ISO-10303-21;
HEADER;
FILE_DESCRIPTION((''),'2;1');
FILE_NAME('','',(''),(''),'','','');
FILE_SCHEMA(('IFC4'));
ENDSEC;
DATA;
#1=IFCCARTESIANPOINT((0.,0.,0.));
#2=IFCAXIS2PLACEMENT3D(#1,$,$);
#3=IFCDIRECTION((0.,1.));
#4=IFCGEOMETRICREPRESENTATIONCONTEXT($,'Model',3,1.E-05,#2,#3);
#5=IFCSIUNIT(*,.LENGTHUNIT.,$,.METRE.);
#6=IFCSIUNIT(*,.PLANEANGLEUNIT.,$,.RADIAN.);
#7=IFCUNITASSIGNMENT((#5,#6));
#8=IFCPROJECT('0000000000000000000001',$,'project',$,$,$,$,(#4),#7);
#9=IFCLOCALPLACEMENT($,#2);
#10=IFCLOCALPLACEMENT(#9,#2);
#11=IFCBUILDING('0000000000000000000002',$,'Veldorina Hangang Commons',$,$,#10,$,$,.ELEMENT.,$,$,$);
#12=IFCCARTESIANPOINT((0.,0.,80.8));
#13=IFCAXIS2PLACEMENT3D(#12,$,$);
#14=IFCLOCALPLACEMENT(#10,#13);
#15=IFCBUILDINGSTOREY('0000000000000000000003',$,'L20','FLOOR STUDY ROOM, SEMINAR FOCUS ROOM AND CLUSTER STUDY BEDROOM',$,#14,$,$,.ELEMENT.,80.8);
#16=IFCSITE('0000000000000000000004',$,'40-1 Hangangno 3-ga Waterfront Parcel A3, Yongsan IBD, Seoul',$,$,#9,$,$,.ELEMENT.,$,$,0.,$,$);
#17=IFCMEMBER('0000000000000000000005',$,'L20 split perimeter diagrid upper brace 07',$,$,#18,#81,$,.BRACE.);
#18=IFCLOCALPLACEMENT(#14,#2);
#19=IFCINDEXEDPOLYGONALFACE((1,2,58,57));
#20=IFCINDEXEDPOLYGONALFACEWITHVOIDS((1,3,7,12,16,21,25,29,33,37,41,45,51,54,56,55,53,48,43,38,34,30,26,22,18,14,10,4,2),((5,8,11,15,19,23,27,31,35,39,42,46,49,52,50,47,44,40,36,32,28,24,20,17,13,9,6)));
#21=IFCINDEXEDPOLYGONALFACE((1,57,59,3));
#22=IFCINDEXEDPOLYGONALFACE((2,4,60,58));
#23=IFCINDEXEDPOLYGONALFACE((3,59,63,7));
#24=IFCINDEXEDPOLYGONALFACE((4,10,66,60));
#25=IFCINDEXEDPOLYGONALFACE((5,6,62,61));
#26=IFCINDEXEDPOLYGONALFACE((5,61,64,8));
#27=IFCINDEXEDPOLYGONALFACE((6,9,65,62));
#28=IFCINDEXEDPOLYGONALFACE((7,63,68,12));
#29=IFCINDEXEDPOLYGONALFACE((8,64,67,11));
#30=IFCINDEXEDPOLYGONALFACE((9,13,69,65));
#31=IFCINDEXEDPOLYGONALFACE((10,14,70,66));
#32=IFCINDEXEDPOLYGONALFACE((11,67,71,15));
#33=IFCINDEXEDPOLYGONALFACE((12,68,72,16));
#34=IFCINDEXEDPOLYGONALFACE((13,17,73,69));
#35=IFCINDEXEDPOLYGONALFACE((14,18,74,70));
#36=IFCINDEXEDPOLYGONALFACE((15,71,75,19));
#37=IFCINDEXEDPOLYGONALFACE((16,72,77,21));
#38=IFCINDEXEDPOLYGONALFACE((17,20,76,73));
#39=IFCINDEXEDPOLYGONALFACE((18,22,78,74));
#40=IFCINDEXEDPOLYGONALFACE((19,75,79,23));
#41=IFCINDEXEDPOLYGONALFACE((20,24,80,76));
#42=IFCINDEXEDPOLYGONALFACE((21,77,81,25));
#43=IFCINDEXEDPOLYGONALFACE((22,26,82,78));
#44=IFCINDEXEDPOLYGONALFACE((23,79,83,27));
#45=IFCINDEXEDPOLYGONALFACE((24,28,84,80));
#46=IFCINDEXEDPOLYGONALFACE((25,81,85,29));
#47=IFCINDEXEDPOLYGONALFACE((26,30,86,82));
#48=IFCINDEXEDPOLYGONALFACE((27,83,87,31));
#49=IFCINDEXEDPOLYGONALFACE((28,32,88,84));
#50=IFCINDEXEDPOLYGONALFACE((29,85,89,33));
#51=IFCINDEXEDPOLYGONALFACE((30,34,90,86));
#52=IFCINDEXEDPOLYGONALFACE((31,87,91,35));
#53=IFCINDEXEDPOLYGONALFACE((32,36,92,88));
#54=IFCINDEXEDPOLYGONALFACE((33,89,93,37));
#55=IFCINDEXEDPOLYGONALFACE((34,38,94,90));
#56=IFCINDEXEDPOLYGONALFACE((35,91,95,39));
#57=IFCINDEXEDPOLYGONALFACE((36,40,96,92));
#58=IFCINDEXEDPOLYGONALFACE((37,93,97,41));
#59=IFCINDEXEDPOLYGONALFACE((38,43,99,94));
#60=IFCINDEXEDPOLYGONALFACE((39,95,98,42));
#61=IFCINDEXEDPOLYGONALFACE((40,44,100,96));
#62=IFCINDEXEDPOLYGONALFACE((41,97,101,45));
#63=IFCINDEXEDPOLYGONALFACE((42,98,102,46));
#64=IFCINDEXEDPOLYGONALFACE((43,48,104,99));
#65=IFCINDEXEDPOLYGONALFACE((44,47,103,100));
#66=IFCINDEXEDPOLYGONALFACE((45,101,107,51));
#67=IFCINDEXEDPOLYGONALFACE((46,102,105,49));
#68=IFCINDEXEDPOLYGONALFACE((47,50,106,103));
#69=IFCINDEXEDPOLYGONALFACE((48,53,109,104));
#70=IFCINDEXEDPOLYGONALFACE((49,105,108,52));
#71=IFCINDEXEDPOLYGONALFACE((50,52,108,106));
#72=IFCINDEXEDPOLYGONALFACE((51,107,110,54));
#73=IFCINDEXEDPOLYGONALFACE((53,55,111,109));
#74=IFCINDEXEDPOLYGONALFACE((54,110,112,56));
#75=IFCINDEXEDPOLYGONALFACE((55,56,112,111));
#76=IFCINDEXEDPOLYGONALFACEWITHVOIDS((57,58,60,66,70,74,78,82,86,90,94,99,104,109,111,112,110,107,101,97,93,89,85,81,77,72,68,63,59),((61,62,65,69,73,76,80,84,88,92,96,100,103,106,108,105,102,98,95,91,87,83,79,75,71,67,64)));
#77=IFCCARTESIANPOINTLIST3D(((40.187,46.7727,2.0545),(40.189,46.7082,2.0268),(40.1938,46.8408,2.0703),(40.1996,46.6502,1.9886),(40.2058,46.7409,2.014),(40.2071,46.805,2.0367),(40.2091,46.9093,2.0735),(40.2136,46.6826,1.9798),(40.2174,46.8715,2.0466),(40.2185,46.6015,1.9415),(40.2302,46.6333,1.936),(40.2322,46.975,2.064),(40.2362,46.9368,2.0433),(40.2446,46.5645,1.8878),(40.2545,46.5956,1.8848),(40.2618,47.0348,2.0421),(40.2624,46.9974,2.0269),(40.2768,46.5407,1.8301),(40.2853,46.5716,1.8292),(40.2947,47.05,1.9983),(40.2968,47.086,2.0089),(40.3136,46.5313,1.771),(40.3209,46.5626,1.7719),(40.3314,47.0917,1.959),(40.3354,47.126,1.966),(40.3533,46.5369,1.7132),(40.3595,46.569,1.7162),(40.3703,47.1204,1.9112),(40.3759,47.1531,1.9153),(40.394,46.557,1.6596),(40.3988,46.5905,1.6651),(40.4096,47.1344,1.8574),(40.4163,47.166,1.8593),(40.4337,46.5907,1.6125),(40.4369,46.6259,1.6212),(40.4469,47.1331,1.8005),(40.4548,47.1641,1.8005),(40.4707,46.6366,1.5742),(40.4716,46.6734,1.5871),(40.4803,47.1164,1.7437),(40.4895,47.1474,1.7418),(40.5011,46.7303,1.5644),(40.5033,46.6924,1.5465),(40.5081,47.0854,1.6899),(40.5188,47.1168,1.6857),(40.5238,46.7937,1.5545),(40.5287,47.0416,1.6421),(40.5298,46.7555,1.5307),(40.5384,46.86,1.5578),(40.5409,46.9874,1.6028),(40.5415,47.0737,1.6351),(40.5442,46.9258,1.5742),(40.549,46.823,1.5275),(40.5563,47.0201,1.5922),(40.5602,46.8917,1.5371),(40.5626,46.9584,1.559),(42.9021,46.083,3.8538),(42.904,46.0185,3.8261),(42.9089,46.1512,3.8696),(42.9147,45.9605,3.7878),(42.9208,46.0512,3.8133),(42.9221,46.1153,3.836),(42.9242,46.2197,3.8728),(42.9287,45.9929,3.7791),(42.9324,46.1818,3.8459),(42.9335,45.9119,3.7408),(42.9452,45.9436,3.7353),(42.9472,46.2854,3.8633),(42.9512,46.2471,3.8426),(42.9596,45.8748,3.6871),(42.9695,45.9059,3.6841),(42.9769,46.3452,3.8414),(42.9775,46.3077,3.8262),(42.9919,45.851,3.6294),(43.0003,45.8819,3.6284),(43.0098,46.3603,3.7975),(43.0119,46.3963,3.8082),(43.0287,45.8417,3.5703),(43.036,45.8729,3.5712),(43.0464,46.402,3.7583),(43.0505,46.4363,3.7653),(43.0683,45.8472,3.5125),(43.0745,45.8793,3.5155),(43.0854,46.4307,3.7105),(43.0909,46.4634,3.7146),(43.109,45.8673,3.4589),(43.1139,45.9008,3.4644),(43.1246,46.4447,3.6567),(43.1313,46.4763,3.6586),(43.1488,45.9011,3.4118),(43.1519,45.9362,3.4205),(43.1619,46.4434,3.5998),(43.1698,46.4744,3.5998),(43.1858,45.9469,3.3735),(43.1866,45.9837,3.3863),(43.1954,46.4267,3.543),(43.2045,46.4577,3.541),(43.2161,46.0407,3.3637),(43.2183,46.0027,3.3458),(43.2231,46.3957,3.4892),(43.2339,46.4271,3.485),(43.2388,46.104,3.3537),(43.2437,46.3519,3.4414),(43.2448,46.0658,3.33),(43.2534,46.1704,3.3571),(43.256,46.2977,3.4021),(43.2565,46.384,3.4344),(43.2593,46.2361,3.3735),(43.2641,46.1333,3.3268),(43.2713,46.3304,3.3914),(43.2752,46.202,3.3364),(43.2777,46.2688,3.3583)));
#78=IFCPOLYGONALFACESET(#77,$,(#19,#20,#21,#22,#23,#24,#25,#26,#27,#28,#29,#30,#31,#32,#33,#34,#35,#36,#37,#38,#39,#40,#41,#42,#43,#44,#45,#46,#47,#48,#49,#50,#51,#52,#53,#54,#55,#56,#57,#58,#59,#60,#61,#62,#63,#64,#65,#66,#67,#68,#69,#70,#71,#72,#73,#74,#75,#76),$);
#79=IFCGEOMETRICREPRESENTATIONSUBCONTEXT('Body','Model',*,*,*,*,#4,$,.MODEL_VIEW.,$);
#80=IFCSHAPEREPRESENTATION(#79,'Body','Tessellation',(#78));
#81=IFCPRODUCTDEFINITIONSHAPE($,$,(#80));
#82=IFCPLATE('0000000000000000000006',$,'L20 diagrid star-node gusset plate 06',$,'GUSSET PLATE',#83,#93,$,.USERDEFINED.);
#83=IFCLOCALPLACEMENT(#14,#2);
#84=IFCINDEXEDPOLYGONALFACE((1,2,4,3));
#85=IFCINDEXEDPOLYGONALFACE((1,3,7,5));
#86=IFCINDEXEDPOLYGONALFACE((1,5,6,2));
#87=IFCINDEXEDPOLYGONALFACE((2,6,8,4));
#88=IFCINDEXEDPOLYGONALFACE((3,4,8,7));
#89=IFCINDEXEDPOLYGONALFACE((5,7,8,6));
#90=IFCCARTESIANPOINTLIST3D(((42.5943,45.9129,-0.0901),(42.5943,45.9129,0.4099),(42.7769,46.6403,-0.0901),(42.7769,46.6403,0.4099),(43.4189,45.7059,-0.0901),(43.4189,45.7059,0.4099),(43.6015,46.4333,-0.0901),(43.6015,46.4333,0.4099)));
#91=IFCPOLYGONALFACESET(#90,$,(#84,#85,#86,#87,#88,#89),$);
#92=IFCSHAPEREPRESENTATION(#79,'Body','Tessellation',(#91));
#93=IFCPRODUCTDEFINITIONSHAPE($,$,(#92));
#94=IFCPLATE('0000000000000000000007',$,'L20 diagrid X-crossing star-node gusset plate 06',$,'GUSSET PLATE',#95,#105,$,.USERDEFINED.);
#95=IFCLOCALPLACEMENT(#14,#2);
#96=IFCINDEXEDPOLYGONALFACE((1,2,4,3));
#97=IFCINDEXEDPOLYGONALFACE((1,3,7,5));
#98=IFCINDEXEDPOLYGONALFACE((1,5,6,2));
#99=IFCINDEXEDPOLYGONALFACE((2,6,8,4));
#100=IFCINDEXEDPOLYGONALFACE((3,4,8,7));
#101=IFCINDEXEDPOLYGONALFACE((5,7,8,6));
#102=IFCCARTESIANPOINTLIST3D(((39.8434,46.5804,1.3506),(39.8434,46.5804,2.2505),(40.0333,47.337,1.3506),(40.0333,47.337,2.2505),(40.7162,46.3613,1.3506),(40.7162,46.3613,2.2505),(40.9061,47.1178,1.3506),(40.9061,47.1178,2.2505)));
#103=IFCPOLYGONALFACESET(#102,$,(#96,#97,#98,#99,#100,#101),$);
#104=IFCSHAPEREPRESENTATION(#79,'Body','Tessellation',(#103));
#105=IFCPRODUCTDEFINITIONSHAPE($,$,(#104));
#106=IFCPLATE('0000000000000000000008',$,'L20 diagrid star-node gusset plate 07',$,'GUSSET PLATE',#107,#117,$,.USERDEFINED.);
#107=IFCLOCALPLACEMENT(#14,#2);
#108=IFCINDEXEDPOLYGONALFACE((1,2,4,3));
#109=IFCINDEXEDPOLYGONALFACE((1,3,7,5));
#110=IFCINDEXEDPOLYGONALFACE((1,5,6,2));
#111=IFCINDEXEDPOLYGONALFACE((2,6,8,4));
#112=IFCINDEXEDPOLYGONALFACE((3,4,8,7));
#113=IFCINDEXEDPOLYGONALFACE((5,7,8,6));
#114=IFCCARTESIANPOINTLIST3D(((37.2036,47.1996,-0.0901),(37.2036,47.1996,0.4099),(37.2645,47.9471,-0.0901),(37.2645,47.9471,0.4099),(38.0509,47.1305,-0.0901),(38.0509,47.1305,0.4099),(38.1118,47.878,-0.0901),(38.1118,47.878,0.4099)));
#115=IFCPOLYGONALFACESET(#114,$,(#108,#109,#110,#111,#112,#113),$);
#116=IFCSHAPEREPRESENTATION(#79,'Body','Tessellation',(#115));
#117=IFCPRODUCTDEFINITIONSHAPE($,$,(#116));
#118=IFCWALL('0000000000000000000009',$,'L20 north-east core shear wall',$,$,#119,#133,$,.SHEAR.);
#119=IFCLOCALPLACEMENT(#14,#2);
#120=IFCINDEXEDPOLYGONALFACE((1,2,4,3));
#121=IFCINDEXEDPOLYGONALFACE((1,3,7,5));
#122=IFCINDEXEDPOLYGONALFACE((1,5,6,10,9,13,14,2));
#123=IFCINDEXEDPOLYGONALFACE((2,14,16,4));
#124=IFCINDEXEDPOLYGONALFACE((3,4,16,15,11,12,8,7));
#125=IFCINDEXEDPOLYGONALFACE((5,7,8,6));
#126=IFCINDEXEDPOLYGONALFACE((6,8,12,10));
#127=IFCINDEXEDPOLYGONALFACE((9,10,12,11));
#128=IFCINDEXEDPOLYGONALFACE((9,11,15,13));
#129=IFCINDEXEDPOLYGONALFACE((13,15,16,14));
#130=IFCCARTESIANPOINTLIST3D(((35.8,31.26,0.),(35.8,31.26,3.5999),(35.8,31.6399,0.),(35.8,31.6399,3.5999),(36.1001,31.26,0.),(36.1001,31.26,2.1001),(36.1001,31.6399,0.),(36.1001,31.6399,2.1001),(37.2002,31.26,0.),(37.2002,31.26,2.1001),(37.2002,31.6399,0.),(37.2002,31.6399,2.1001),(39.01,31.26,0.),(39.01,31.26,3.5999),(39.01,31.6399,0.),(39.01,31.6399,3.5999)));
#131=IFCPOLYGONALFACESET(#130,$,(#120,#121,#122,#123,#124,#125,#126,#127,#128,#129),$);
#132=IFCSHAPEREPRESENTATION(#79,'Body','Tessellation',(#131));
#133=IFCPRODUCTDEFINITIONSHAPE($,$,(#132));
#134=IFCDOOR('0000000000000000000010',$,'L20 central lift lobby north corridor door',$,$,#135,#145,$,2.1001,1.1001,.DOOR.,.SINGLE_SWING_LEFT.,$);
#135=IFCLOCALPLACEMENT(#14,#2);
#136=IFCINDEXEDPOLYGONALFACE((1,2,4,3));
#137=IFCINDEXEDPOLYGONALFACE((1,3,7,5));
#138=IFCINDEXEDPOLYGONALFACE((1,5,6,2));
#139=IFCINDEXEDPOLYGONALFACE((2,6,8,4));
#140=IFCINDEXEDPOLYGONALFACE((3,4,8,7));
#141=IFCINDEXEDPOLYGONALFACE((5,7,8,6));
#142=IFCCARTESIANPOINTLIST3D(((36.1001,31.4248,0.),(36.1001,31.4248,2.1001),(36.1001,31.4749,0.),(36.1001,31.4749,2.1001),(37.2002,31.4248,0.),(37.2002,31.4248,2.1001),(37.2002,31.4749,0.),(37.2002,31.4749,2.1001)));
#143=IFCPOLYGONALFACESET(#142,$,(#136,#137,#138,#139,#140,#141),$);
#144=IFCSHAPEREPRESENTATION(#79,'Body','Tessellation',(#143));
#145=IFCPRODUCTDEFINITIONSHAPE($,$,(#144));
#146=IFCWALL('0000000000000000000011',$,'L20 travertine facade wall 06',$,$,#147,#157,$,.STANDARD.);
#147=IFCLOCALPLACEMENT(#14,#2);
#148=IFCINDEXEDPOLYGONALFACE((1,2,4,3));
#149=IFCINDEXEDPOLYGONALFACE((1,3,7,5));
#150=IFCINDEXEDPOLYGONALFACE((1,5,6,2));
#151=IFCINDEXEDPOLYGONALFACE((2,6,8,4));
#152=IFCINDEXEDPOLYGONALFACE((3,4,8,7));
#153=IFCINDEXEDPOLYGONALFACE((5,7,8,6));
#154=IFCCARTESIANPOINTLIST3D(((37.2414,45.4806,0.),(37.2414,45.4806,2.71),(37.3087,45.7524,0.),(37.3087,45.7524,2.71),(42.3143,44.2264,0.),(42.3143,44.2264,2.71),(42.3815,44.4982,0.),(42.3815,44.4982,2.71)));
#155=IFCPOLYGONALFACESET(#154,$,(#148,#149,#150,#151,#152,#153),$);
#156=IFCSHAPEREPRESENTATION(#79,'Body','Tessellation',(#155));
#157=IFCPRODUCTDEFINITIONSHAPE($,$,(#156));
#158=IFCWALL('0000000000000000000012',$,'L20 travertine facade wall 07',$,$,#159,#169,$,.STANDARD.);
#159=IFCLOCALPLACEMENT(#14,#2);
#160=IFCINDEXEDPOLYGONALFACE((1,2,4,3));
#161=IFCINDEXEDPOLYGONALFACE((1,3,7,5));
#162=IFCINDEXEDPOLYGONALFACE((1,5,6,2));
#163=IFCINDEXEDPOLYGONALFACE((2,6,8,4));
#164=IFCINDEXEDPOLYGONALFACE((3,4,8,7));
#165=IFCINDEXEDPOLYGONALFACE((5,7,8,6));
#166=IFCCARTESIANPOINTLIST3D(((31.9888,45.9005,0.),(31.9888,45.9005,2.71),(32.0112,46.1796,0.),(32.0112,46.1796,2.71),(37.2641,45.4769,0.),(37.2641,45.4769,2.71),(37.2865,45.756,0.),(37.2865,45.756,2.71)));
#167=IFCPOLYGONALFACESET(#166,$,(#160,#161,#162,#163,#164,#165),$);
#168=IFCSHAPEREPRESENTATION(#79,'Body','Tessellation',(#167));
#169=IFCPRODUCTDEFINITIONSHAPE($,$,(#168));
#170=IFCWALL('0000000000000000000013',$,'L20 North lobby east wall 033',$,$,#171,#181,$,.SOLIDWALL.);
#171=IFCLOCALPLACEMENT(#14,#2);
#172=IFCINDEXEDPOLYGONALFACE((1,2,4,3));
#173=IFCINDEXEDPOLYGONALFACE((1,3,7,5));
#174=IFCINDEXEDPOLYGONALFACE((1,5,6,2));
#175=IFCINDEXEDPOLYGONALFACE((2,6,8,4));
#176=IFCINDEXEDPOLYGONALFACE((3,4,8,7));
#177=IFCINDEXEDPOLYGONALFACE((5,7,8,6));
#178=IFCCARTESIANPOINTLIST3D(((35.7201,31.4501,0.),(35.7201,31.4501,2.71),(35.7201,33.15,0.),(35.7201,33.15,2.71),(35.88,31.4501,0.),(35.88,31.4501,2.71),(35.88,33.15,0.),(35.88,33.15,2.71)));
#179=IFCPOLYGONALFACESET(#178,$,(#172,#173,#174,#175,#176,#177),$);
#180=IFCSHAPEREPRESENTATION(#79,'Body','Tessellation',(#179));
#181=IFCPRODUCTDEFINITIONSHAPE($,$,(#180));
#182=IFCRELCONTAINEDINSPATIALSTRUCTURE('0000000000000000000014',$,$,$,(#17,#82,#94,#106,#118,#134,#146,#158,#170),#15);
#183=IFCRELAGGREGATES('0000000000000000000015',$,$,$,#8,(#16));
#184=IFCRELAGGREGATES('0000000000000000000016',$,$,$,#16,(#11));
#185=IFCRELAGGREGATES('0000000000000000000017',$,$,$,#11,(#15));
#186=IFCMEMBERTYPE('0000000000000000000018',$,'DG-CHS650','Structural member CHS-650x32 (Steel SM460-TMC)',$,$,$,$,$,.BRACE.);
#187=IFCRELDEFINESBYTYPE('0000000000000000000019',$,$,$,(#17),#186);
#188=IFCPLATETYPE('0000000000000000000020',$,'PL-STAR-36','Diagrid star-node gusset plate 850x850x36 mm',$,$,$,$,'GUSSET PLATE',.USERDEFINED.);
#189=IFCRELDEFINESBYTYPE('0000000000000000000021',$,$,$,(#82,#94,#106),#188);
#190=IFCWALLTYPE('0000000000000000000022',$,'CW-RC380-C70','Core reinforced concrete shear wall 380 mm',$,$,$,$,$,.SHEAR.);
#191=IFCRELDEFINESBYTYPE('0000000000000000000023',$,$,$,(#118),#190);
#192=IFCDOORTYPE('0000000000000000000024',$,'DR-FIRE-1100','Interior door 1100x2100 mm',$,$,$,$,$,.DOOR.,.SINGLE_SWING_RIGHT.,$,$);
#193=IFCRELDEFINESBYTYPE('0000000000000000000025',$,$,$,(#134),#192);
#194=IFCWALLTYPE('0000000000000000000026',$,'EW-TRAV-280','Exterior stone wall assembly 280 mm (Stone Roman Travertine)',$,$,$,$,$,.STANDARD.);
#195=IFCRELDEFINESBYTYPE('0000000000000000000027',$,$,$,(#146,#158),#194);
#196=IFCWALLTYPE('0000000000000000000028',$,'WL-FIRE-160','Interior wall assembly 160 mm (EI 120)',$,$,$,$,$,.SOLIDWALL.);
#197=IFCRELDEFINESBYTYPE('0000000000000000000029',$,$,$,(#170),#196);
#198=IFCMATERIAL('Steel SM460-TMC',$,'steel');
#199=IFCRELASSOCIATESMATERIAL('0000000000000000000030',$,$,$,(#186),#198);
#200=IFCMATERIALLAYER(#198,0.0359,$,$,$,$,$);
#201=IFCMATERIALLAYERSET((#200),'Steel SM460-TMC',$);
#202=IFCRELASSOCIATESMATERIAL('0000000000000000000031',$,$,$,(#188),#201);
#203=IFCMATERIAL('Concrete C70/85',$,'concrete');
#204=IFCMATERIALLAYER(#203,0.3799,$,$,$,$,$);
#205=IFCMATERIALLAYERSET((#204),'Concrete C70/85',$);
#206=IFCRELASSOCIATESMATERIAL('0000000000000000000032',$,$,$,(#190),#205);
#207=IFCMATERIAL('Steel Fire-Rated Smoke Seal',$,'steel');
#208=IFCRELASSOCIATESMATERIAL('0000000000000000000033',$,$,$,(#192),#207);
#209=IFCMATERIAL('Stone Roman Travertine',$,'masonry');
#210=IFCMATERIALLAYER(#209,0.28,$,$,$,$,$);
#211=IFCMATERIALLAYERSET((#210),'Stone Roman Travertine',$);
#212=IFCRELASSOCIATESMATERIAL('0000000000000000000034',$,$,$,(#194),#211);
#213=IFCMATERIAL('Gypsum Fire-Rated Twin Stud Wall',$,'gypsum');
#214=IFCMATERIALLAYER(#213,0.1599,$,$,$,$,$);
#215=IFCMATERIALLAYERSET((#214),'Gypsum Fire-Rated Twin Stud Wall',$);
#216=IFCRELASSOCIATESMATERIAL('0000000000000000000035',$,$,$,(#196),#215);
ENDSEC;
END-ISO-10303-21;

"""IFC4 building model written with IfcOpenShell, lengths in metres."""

from ifc_helpers import new_model, si_unit, direction, frame, frame_2d, origin, origin_2d, place, context, subcontext, project, spatial, rectangle, hollow_circle, extrude, material, layer, layer_set, material_profile, profile_set, type_object, element, fill, save


model = new_model("IFC4")

# Units and contexts
model_context = context("Model", 3, precision=1e-05, world=origin(), true_north=direction((0.0, 1.0)))
body_context = subcontext(model_context, "Body", "Model", "MODEL_VIEW")
ifc_project = project(units=[si_unit("LENGTHUNIT", "METRE"), si_unit("PLANEANGLEUNIT", "RADIAN")], contexts=[model_context])

# Site, building, storey
site_placement = place(None, origin())
site = spatial("IfcSite", under=ifc_project, at=site_placement, Name="40-1 Hangangno 3-ga Waterfront Parcel A3, Yongsan IBD, Seoul", CompositionType="ELEMENT", RefElevation=0.0)
building_placement = place(site_placement, origin())
building = spatial("IfcBuilding", under=site, at=building_placement, Name="Veldorina Hangang Commons", CompositionType="ELEMENT")
storey_placement = place(building_placement, frame((0.0, 0.0, 80.8)))
storey = spatial("IfcBuildingStorey", under=building, at=storey_placement, Name="L20", Description="FLOOR STUDY ROOM, SEMINAR FOCUS ROOM AND CLUSTER STUDY BEDROOM", CompositionType="ELEMENT", Elevation=80.8)

# Member
ifc_material_1 = material(Name="Steel SM460-TMC", Category="steel")
ifc_material_profile_1 = material_profile(ifc_material_1, hollow_circle(Radius=0.325, WallThickness=0.032, at=origin_2d()), Name="CHS-650x32")
ifc_profile_set_1 = profile_set([ifc_material_profile_1], Name="Steel SM460-TMC")
member_type = type_object("IfcMemberType", Name="DG-CHS650", Description="Structural member CHS-650x32 (Steel SM460-TMC)", PredefinedType="BRACE", material=ifc_profile_set_1)
member_1_placement = place(storey_placement, frame((40.3748, 46.8491, 1.8005), z_axis=(0.815488, -0.207153, 0.540432), x_axis=(0.246205, 0.969218, 0.0)))
element("IfcMember", 1, at=member_1_placement, inside=storey, type_object=member_type, Name="L20 split perimeter diagrid upper brace 07", PredefinedType="BRACE", context=body_context, shape_type="SweptSolid", body=[
    extrude(hollow_circle(Radius=0.325, WallThickness=0.032, at=origin_2d()), origin(), (0.0, 0.0, 1.0), 3.3293),
])

# Plates
ifc_layer_1 = layer(ifc_material_1, 0.0359)
ifc_layer_set_1 = layer_set([ifc_layer_1], Name="Steel SM460-TMC")
plate_type = type_object("IfcPlateType", Name="PL-STAR-36", Description="Diagrid star-node gusset plate 850x850x36 mm", ElementType="GUSSET PLATE", PredefinedType="USERDEFINED", material=ifc_layer_set_1)
plate_1_placement = place(storey_placement, frame((43.0979, 46.1731, -0.0901), z_axis=(0.0, 0.0, 1.0), x_axis=(-0.969906, 0.24348, 0.0)))
element("IfcPlate", 2, at=plate_1_placement, inside=storey, type_object=plate_type, Name="L20 diagrid star-node gusset plate 06", ObjectType="GUSSET PLATE", PredefinedType="USERDEFINED", context=body_context, shape_type="SweptSolid", body=[
    extrude(rectangle(XDim=0.8501, YDim=0.75, at=origin_2d()), origin(), (0.0, 0.0, 1.0), 0.5),
])
plate_2_placement = place(storey_placement, frame((40.3748, 46.8491, 1.3506), z_axis=(0.0, 0.0, 1.0), x_axis=(-0.969906, 0.24348, 0.0)))
element("IfcPlate", 3, at=plate_2_placement, inside=storey, type_object=plate_type, Name="L20 diagrid X-crossing star-node gusset plate 06", ObjectType="GUSSET PLATE", PredefinedType="USERDEFINED", context=body_context, shape_type="SweptSolid", body=[
    extrude(rectangle(XDim=0.8999, YDim=0.78, at=origin_2d()), origin(), (0.0, 0.0, 1.0), 0.8999),
])
plate_3_placement = place(storey_placement, frame((37.6577, 47.5388, -0.0901), z_axis=(0.0, 0.0, 1.0), x_axis=(-0.996694, 0.081243, 0.0)))
element("IfcPlate", 4, at=plate_3_placement, inside=storey, type_object=plate_type, Name="L20 diagrid star-node gusset plate 07", ObjectType="GUSSET PLATE", PredefinedType="USERDEFINED", context=body_context, shape_type="SweptSolid", body=[
    extrude(rectangle(XDim=0.8501, YDim=0.75, at=origin_2d()), origin(), (0.0, 0.0, 1.0), 0.5),
])

# Wall, opening, door
ifc_material_2 = material(Name="Concrete C70/85", Category="concrete")
ifc_layer_2 = layer(ifc_material_2, 0.3799)
ifc_layer_set_2 = layer_set([ifc_layer_2], Name="Concrete C70/85")
wall_type_1 = type_object("IfcWallType", Name="CW-RC380-C70", Description="Core reinforced concrete shear wall 380 mm", PredefinedType="SHEAR", material=ifc_layer_set_2)
wall_1_placement = place(storey_placement, frame((35.8, 31.45, 0.0), z_axis=(0.0, 0.0, 1.0), x_axis=(1.0, 0.0, 0.0)))
wall_1 = element("IfcWall", 5, at=wall_1_placement, inside=storey, type_object=wall_type_1, Name="L20 north-east core shear wall", PredefinedType="SHEAR", context=body_context, shape_type="SweptSolid", body=[
    extrude(rectangle(XDim=3.21, YDim=0.3799, at=frame_2d((1.605, 0.0))), origin(), (0.0, 0.0, 1.0), 3.5999),
])
opening_1_placement = place(wall_1_placement, frame((0.3, 0.0, 0.0)))
opening_1 = element("IfcOpeningElement", 6, at=opening_1_placement, cuts=wall_1, PredefinedType="OPENING", context=body_context, shape_type="SweptSolid", body=[
    extrude(rectangle(XDim=1.1001, YDim=2.1001, at=frame_2d((0.55, 1.05))), frame((0.0, 0.2, 0.0), z_axis=(0.0, -1.0, 0.0), x_axis=(1.0, 0.0, 0.0)), (0.0, 0.0, 1.0), 0.3999),
])
ifc_material_3 = material(Name="Steel Fire-Rated Smoke Seal", Category="steel")
door_type_1 = type_object("IfcDoorType", Name="DR-FIRE-1100", Description="Interior door 1100x2100 mm", OperationType="SINGLE_SWING_RIGHT", PredefinedType="DOOR", material=ifc_material_3)
door_1_placement = place(opening_1_placement, origin())
door_1 = element("IfcDoor", 7, at=door_1_placement, inside=storey, type_object=door_type_1, Name="L20 central lift lobby north corridor door", OperationType="SINGLE_SWING_LEFT", OverallHeight=2.1001, OverallWidth=1.1001, PredefinedType="DOOR", context=body_context, shape_type="SweptSolid", body=[
    extrude(rectangle(XDim=1.1001, YDim=2.1001, at=frame_2d((0.55, 1.05))), frame((0.0, 0.0249, 0.0), z_axis=(0.0, -1.0, 0.0), x_axis=(1.0, 0.0, 0.0)), (0.0, 0.0, 1.0), 0.05),
])
fill(opening_1, door_1)

# Walls
ifc_material_4 = material(Name="Stone Roman Travertine", Category="masonry")
ifc_layer_3 = layer(ifc_material_4, 0.28)
ifc_layer_set_3 = layer_set([ifc_layer_3], Name="Stone Roman Travertine")
wall_type_2 = type_object("IfcWallType", Name="EW-TRAV-280", Description="Exterior stone wall assembly 280 mm (Stone Roman Travertine)", PredefinedType="STANDARD", material=ifc_layer_set_3)
wall_2_placement = place(storey_placement, frame((42.3479, 44.3623, 0.0), z_axis=(0.0, 0.0, 1.0), x_axis=(-0.970771, 0.240006, 0.0)))
element("IfcWall", 8, at=wall_2_placement, inside=storey, type_object=wall_type_2, Name="L20 travertine facade wall 06", PredefinedType="STANDARD", context=body_context, shape_type="SweptSolid", body=[
    extrude(rectangle(XDim=5.2256, YDim=0.28, at=frame_2d((2.6128, 0.0))), origin(), (0.0, 0.0, 1.0), 2.71),
])
wall_3_placement = place(storey_placement, frame((37.2751, 45.6165, 0.0), z_axis=(0.0, 0.0, 1.0), x_axis=(-0.996792, 0.08004, 0.0)))
element("IfcWall", 9, at=wall_3_placement, inside=storey, type_object=wall_type_2, Name="L20 travertine facade wall 07", PredefinedType="STANDARD", context=body_context, shape_type="SweptSolid", body=[
    extrude(rectangle(XDim=5.2922, YDim=0.28, at=frame_2d((2.646, 0.0))), origin(), (0.0, 0.0, 1.0), 2.71),
])
ifc_material_5 = material(Name="Gypsum Fire-Rated Twin Stud Wall", Category="gypsum")
ifc_layer_4 = layer(ifc_material_5, 0.1599)
ifc_layer_set_4 = layer_set([ifc_layer_4], Name="Gypsum Fire-Rated Twin Stud Wall")
wall_type_3 = type_object("IfcWallType", Name="WL-FIRE-160", Description="Interior wall assembly 160 mm (EI 120)", PredefinedType="SOLIDWALL", material=ifc_layer_set_4)
wall_4_placement = place(storey_placement, frame((35.8, 31.45, 0.0), z_axis=(0.0, 0.0, 1.0), x_axis=(0.0, 1.0, 0.0)))
element("IfcWall", 10, at=wall_4_placement, inside=storey, type_object=wall_type_3, Name="L20 North lobby east wall 033", PredefinedType="SOLIDWALL", context=body_context, shape_type="SweptSolid", body=[
    extrude(rectangle(XDim=1.7, YDim=0.1599, at=frame_2d((0.8501, 0.0))), origin(), (0.0, 0.0, 1.0), 2.71),
])

save(model, "model.ifc")
